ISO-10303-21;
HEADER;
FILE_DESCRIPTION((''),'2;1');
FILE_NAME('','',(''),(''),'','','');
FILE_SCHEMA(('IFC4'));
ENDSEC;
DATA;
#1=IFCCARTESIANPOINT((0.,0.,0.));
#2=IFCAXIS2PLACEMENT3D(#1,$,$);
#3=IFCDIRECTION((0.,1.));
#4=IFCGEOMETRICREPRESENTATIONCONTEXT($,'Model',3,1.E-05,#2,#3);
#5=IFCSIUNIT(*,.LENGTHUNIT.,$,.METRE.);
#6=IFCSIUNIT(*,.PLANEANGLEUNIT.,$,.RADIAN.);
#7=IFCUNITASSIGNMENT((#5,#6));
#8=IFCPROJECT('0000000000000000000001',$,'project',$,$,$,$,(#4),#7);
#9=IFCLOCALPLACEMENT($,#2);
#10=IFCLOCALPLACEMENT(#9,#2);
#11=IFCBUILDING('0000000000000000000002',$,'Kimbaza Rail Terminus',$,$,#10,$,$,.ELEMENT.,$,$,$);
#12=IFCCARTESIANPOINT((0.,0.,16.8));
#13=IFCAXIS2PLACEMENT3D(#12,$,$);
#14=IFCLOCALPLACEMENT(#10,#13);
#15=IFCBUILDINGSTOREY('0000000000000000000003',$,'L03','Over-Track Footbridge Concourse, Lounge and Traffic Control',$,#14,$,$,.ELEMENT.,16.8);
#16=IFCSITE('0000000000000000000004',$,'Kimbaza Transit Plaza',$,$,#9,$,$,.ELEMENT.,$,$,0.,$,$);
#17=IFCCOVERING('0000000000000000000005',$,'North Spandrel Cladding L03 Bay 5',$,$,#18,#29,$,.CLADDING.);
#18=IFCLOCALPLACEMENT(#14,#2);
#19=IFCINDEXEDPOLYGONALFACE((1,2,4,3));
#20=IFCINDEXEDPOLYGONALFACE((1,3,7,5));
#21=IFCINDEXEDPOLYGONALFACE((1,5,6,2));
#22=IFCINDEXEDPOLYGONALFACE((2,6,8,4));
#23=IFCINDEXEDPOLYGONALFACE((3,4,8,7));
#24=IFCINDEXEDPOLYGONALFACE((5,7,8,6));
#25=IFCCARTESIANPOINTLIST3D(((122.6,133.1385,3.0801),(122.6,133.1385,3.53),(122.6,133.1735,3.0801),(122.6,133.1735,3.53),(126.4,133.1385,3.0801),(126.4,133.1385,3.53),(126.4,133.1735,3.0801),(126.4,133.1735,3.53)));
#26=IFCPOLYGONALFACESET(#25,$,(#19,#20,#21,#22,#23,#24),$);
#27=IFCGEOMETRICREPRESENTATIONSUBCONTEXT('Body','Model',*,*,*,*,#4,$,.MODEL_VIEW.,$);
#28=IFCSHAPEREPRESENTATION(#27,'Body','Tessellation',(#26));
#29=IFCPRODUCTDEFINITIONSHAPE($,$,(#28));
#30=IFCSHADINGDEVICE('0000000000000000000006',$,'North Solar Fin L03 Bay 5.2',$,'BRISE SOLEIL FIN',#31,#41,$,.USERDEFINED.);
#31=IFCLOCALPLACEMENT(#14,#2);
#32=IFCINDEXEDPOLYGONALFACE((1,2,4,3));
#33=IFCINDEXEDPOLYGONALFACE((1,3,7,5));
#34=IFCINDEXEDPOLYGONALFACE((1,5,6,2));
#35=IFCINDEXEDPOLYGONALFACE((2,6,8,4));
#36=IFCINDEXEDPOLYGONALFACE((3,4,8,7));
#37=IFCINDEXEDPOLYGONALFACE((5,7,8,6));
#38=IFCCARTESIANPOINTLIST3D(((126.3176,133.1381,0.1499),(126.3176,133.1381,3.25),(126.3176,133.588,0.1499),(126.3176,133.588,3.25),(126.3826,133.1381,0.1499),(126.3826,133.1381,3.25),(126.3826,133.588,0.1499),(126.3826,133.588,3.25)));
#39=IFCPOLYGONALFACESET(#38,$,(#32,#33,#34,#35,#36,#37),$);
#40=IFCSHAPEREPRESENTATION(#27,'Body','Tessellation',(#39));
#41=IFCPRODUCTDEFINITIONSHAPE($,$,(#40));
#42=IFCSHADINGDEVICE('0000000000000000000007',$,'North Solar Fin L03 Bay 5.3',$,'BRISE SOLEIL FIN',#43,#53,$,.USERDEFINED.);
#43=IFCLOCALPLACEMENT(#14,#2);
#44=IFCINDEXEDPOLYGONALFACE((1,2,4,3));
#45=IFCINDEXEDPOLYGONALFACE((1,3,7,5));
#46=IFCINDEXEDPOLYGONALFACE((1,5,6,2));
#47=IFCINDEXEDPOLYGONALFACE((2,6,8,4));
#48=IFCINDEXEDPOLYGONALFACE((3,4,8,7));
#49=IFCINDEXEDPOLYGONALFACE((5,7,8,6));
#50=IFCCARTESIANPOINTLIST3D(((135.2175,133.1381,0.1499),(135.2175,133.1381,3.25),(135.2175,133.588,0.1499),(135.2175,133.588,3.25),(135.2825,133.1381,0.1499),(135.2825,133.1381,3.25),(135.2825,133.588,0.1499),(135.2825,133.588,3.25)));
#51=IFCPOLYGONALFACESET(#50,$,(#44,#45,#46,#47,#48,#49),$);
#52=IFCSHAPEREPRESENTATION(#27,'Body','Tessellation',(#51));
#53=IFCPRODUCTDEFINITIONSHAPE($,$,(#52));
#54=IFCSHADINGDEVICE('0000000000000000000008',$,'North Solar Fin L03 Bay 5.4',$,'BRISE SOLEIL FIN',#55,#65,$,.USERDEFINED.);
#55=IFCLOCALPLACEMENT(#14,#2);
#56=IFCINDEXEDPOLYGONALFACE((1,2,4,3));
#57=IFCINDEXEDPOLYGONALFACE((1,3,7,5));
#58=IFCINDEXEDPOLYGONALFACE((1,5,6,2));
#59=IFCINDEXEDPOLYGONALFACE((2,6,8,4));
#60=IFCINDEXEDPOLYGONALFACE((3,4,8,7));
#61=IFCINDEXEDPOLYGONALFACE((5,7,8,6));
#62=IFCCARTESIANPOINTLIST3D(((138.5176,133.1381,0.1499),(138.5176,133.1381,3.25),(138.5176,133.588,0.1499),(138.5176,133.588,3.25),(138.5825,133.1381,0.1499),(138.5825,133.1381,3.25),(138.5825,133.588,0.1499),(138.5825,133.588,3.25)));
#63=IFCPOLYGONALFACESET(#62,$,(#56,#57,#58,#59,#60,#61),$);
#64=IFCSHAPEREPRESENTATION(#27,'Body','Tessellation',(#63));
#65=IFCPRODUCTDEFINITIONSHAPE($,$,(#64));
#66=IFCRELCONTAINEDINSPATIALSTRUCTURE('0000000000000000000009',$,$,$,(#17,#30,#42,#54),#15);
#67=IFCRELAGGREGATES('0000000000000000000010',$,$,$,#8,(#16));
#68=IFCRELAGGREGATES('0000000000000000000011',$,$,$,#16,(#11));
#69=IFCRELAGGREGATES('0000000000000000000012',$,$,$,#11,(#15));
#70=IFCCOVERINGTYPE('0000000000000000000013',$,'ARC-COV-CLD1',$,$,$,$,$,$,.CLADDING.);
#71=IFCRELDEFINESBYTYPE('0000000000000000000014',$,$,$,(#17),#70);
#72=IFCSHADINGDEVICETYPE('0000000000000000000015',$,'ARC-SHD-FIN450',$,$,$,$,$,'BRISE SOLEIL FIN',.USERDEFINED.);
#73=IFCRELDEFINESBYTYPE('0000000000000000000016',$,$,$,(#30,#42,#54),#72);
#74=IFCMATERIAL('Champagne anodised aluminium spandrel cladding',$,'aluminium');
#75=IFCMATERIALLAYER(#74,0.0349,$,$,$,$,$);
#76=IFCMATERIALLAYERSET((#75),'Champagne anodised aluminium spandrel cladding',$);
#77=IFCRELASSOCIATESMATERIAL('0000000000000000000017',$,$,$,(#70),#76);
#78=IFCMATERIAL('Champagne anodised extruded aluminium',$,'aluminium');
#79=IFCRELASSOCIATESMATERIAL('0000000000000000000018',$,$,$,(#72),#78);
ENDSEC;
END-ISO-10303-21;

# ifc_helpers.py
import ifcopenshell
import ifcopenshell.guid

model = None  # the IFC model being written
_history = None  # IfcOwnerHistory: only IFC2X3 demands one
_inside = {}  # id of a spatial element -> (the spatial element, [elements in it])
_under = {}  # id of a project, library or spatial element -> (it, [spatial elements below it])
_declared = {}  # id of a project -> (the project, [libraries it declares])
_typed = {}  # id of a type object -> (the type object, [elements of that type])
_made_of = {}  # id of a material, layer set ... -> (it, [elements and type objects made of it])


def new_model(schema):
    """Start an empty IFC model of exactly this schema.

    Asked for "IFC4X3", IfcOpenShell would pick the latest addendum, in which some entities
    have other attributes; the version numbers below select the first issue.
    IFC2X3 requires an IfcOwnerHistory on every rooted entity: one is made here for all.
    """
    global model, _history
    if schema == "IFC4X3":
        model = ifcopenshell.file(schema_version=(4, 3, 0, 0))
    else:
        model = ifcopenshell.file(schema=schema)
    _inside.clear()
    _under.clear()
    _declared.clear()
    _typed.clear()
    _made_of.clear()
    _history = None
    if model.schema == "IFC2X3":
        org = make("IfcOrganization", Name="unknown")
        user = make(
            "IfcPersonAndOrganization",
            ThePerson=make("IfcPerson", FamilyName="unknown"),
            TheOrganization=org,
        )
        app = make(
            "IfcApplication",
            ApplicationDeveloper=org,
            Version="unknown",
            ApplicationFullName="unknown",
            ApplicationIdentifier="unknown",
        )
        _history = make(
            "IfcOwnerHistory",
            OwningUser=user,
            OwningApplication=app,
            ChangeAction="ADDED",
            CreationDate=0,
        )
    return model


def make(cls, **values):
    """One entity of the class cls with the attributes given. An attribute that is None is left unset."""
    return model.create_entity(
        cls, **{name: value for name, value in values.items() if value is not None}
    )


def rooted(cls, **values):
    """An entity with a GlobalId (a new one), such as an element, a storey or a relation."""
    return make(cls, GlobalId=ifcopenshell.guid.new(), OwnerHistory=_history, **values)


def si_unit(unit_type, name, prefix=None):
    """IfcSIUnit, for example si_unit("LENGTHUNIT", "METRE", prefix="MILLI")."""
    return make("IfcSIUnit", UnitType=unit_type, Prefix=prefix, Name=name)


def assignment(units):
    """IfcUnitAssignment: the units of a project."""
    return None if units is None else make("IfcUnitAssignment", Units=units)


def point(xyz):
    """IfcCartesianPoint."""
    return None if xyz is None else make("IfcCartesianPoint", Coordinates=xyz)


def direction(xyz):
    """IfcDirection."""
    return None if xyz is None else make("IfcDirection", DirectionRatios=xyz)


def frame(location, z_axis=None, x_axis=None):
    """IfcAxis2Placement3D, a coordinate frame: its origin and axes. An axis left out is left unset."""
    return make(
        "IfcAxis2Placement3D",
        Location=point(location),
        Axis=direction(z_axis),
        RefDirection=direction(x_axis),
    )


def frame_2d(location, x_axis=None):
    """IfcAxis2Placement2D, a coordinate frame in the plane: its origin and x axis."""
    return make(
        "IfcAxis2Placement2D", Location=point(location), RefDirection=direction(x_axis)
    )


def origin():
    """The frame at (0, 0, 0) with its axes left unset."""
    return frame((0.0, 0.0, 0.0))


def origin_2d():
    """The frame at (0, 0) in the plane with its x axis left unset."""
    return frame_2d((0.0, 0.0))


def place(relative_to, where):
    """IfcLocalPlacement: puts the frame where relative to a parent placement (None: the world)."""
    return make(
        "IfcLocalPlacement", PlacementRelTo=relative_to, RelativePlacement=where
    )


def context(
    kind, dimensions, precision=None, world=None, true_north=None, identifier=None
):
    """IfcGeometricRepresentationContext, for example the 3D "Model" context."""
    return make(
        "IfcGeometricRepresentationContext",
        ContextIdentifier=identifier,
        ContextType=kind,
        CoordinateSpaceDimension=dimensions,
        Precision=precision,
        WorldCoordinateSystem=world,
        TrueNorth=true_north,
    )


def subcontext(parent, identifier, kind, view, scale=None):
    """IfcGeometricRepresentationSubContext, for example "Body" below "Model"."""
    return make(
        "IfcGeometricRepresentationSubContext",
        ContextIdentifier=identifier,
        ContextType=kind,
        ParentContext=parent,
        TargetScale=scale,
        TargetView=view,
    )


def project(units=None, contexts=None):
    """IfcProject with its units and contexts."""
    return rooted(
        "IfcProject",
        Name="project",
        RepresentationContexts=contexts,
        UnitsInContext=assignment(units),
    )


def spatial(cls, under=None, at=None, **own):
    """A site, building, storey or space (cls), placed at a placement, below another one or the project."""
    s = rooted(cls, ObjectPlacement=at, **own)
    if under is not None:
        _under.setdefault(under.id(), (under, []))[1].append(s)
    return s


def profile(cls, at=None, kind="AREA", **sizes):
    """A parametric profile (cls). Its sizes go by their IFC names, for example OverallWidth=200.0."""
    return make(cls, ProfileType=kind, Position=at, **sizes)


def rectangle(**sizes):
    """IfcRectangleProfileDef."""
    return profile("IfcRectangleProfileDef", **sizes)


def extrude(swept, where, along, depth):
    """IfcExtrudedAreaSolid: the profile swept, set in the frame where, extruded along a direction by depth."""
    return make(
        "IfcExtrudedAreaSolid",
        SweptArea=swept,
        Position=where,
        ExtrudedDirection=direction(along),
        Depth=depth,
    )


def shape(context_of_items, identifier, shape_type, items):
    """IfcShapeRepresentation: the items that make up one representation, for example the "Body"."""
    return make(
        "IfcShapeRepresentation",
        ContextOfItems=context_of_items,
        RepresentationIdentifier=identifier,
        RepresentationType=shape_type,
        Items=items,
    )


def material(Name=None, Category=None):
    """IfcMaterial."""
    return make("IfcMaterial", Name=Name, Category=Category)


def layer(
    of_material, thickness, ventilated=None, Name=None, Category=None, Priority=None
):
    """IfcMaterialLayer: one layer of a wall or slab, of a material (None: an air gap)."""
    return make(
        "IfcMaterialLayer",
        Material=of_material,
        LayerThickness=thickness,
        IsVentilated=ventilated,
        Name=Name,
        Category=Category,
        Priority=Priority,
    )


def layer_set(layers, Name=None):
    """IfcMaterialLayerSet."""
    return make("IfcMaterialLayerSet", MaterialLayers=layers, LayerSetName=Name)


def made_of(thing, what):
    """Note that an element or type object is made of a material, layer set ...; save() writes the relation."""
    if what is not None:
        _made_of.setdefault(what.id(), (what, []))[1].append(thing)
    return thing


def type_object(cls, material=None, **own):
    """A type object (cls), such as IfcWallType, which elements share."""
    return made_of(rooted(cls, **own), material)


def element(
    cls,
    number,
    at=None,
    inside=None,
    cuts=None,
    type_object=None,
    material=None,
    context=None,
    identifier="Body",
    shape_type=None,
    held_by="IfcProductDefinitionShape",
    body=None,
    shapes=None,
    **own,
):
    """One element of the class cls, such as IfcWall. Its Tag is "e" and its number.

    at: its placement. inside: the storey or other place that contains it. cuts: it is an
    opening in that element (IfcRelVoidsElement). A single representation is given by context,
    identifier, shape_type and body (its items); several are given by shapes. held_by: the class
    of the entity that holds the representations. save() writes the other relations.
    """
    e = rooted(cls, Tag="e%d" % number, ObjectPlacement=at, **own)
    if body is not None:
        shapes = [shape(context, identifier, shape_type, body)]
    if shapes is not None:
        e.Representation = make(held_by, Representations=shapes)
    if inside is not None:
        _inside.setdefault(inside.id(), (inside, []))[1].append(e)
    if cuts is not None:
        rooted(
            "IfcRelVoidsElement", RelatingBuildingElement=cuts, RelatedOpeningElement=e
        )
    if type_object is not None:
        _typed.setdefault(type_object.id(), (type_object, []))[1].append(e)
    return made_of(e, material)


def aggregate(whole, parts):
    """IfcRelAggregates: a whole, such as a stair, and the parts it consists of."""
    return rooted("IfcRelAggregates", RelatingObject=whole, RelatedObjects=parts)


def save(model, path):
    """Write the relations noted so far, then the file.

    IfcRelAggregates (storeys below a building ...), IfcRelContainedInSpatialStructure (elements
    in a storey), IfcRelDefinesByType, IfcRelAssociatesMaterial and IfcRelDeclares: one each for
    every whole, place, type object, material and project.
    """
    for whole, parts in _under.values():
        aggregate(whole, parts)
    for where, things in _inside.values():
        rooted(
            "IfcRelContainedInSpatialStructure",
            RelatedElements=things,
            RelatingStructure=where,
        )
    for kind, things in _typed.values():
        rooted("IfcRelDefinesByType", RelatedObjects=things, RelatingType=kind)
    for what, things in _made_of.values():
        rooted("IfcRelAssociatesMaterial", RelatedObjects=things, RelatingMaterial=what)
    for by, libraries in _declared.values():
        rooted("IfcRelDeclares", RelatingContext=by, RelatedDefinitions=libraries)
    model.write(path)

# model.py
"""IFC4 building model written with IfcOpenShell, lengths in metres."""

from ifc_helpers import new_model, si_unit, direction, frame, origin, origin_2d, place, context, subcontext, project, spatial, rectangle, extrude, material, layer, layer_set, type_object, element, save


model = new_model("IFC4")

# Units and contexts
model_context = context("Model", 3, precision=1e-05, world=origin(), true_north=direction((0.0, 1.0)))
body_context = subcontext(model_context, "Body", "Model", "MODEL_VIEW")
ifc_project = project(units=[si_unit("LENGTHUNIT", "METRE"), si_unit("PLANEANGLEUNIT", "RADIAN")], contexts=[model_context])

# Site, building, storey
site_placement = place(None, origin())
site = spatial("IfcSite", under=ifc_project, at=site_placement, Name="Kimbaza Transit Plaza", CompositionType="ELEMENT", RefElevation=0.0)
building_placement = place(site_placement, origin())
building = spatial("IfcBuilding", under=site, at=building_placement, Name="Kimbaza Rail Terminus", CompositionType="ELEMENT")
storey_placement = place(building_placement, frame((0.0, 0.0, 16.8)))
storey = spatial("IfcBuildingStorey", under=building, at=storey_placement, Name="L03", Description="Over-Track Footbridge Concourse, Lounge and Traffic Control", CompositionType="ELEMENT", Elevation=16.8)

# Covering
ifc_material_1 = material(Name="Champagne anodised aluminium spandrel cladding", Category="aluminium")
ifc_layer_1 = layer(ifc_material_1, 0.0349)
ifc_layer_set_1 = layer_set([ifc_layer_1], Name="Champagne anodised aluminium spandrel cladding")
covering_type = type_object("IfcCoveringType", Name="ARC-COV-CLD1", PredefinedType="CLADDING", material=ifc_layer_set_1)
covering_placement = place(storey_placement, frame((124.5, 133.156, 3.0801), z_axis=(0.0, 0.0, 1.0), x_axis=(1.0, 0.0, 0.0)))
element("IfcCovering", 1, at=covering_placement, inside=storey, type_object=covering_type, Name="North Spandrel Cladding L03 Bay 5", PredefinedType="CLADDING", context=body_context, shape_type="SweptSolid", body=[
    extrude(rectangle(XDim=3.8, YDim=0.0349, at=origin_2d()), origin(), (0.0, 0.0, 1.0), 0.45),
])

# Shading devices
ifc_material_2 = material(Name="Champagne anodised extruded aluminium", Category="aluminium")
shading_device_type = type_object("IfcShadingDeviceType", Name="ARC-SHD-FIN450", ElementType="BRISE SOLEIL FIN", PredefinedType="USERDEFINED", material=ifc_material_2)
for number, where, z_axis, x_axis, name in (
    (2, (126.3501, 133.363, 0.1499), (0.0, 0.0, 1.0), (1.0, 0.0, 0.0), "North Solar Fin L03 Bay 5.2"),
    (3, (135.25, 133.363, 0.1499), (0.0, 0.0, 1.0), (1.0, 0.0, 0.0), "North Solar Fin L03 Bay 5.3"),
    (4, (138.55, 133.363, 0.1499), (0.0, 0.0, 1.0), (1.0, 0.0, 0.0), "North Solar Fin L03 Bay 5.4"),
):
    element("IfcShadingDevice", number, at=place(storey_placement, frame(where, z_axis=z_axis, x_axis=x_axis)), inside=storey, type_object=shading_device_type, Name=name, ObjectType="BRISE SOLEIL FIN", PredefinedType="USERDEFINED", context=body_context, shape_type="SweptSolid", body=[
        extrude(rectangle(XDim=0.0649, YDim=0.45, at=origin_2d()), origin(), (0.0, 0.0, 1.0), 3.1001),
    ])

save(model, "model.ifc")
